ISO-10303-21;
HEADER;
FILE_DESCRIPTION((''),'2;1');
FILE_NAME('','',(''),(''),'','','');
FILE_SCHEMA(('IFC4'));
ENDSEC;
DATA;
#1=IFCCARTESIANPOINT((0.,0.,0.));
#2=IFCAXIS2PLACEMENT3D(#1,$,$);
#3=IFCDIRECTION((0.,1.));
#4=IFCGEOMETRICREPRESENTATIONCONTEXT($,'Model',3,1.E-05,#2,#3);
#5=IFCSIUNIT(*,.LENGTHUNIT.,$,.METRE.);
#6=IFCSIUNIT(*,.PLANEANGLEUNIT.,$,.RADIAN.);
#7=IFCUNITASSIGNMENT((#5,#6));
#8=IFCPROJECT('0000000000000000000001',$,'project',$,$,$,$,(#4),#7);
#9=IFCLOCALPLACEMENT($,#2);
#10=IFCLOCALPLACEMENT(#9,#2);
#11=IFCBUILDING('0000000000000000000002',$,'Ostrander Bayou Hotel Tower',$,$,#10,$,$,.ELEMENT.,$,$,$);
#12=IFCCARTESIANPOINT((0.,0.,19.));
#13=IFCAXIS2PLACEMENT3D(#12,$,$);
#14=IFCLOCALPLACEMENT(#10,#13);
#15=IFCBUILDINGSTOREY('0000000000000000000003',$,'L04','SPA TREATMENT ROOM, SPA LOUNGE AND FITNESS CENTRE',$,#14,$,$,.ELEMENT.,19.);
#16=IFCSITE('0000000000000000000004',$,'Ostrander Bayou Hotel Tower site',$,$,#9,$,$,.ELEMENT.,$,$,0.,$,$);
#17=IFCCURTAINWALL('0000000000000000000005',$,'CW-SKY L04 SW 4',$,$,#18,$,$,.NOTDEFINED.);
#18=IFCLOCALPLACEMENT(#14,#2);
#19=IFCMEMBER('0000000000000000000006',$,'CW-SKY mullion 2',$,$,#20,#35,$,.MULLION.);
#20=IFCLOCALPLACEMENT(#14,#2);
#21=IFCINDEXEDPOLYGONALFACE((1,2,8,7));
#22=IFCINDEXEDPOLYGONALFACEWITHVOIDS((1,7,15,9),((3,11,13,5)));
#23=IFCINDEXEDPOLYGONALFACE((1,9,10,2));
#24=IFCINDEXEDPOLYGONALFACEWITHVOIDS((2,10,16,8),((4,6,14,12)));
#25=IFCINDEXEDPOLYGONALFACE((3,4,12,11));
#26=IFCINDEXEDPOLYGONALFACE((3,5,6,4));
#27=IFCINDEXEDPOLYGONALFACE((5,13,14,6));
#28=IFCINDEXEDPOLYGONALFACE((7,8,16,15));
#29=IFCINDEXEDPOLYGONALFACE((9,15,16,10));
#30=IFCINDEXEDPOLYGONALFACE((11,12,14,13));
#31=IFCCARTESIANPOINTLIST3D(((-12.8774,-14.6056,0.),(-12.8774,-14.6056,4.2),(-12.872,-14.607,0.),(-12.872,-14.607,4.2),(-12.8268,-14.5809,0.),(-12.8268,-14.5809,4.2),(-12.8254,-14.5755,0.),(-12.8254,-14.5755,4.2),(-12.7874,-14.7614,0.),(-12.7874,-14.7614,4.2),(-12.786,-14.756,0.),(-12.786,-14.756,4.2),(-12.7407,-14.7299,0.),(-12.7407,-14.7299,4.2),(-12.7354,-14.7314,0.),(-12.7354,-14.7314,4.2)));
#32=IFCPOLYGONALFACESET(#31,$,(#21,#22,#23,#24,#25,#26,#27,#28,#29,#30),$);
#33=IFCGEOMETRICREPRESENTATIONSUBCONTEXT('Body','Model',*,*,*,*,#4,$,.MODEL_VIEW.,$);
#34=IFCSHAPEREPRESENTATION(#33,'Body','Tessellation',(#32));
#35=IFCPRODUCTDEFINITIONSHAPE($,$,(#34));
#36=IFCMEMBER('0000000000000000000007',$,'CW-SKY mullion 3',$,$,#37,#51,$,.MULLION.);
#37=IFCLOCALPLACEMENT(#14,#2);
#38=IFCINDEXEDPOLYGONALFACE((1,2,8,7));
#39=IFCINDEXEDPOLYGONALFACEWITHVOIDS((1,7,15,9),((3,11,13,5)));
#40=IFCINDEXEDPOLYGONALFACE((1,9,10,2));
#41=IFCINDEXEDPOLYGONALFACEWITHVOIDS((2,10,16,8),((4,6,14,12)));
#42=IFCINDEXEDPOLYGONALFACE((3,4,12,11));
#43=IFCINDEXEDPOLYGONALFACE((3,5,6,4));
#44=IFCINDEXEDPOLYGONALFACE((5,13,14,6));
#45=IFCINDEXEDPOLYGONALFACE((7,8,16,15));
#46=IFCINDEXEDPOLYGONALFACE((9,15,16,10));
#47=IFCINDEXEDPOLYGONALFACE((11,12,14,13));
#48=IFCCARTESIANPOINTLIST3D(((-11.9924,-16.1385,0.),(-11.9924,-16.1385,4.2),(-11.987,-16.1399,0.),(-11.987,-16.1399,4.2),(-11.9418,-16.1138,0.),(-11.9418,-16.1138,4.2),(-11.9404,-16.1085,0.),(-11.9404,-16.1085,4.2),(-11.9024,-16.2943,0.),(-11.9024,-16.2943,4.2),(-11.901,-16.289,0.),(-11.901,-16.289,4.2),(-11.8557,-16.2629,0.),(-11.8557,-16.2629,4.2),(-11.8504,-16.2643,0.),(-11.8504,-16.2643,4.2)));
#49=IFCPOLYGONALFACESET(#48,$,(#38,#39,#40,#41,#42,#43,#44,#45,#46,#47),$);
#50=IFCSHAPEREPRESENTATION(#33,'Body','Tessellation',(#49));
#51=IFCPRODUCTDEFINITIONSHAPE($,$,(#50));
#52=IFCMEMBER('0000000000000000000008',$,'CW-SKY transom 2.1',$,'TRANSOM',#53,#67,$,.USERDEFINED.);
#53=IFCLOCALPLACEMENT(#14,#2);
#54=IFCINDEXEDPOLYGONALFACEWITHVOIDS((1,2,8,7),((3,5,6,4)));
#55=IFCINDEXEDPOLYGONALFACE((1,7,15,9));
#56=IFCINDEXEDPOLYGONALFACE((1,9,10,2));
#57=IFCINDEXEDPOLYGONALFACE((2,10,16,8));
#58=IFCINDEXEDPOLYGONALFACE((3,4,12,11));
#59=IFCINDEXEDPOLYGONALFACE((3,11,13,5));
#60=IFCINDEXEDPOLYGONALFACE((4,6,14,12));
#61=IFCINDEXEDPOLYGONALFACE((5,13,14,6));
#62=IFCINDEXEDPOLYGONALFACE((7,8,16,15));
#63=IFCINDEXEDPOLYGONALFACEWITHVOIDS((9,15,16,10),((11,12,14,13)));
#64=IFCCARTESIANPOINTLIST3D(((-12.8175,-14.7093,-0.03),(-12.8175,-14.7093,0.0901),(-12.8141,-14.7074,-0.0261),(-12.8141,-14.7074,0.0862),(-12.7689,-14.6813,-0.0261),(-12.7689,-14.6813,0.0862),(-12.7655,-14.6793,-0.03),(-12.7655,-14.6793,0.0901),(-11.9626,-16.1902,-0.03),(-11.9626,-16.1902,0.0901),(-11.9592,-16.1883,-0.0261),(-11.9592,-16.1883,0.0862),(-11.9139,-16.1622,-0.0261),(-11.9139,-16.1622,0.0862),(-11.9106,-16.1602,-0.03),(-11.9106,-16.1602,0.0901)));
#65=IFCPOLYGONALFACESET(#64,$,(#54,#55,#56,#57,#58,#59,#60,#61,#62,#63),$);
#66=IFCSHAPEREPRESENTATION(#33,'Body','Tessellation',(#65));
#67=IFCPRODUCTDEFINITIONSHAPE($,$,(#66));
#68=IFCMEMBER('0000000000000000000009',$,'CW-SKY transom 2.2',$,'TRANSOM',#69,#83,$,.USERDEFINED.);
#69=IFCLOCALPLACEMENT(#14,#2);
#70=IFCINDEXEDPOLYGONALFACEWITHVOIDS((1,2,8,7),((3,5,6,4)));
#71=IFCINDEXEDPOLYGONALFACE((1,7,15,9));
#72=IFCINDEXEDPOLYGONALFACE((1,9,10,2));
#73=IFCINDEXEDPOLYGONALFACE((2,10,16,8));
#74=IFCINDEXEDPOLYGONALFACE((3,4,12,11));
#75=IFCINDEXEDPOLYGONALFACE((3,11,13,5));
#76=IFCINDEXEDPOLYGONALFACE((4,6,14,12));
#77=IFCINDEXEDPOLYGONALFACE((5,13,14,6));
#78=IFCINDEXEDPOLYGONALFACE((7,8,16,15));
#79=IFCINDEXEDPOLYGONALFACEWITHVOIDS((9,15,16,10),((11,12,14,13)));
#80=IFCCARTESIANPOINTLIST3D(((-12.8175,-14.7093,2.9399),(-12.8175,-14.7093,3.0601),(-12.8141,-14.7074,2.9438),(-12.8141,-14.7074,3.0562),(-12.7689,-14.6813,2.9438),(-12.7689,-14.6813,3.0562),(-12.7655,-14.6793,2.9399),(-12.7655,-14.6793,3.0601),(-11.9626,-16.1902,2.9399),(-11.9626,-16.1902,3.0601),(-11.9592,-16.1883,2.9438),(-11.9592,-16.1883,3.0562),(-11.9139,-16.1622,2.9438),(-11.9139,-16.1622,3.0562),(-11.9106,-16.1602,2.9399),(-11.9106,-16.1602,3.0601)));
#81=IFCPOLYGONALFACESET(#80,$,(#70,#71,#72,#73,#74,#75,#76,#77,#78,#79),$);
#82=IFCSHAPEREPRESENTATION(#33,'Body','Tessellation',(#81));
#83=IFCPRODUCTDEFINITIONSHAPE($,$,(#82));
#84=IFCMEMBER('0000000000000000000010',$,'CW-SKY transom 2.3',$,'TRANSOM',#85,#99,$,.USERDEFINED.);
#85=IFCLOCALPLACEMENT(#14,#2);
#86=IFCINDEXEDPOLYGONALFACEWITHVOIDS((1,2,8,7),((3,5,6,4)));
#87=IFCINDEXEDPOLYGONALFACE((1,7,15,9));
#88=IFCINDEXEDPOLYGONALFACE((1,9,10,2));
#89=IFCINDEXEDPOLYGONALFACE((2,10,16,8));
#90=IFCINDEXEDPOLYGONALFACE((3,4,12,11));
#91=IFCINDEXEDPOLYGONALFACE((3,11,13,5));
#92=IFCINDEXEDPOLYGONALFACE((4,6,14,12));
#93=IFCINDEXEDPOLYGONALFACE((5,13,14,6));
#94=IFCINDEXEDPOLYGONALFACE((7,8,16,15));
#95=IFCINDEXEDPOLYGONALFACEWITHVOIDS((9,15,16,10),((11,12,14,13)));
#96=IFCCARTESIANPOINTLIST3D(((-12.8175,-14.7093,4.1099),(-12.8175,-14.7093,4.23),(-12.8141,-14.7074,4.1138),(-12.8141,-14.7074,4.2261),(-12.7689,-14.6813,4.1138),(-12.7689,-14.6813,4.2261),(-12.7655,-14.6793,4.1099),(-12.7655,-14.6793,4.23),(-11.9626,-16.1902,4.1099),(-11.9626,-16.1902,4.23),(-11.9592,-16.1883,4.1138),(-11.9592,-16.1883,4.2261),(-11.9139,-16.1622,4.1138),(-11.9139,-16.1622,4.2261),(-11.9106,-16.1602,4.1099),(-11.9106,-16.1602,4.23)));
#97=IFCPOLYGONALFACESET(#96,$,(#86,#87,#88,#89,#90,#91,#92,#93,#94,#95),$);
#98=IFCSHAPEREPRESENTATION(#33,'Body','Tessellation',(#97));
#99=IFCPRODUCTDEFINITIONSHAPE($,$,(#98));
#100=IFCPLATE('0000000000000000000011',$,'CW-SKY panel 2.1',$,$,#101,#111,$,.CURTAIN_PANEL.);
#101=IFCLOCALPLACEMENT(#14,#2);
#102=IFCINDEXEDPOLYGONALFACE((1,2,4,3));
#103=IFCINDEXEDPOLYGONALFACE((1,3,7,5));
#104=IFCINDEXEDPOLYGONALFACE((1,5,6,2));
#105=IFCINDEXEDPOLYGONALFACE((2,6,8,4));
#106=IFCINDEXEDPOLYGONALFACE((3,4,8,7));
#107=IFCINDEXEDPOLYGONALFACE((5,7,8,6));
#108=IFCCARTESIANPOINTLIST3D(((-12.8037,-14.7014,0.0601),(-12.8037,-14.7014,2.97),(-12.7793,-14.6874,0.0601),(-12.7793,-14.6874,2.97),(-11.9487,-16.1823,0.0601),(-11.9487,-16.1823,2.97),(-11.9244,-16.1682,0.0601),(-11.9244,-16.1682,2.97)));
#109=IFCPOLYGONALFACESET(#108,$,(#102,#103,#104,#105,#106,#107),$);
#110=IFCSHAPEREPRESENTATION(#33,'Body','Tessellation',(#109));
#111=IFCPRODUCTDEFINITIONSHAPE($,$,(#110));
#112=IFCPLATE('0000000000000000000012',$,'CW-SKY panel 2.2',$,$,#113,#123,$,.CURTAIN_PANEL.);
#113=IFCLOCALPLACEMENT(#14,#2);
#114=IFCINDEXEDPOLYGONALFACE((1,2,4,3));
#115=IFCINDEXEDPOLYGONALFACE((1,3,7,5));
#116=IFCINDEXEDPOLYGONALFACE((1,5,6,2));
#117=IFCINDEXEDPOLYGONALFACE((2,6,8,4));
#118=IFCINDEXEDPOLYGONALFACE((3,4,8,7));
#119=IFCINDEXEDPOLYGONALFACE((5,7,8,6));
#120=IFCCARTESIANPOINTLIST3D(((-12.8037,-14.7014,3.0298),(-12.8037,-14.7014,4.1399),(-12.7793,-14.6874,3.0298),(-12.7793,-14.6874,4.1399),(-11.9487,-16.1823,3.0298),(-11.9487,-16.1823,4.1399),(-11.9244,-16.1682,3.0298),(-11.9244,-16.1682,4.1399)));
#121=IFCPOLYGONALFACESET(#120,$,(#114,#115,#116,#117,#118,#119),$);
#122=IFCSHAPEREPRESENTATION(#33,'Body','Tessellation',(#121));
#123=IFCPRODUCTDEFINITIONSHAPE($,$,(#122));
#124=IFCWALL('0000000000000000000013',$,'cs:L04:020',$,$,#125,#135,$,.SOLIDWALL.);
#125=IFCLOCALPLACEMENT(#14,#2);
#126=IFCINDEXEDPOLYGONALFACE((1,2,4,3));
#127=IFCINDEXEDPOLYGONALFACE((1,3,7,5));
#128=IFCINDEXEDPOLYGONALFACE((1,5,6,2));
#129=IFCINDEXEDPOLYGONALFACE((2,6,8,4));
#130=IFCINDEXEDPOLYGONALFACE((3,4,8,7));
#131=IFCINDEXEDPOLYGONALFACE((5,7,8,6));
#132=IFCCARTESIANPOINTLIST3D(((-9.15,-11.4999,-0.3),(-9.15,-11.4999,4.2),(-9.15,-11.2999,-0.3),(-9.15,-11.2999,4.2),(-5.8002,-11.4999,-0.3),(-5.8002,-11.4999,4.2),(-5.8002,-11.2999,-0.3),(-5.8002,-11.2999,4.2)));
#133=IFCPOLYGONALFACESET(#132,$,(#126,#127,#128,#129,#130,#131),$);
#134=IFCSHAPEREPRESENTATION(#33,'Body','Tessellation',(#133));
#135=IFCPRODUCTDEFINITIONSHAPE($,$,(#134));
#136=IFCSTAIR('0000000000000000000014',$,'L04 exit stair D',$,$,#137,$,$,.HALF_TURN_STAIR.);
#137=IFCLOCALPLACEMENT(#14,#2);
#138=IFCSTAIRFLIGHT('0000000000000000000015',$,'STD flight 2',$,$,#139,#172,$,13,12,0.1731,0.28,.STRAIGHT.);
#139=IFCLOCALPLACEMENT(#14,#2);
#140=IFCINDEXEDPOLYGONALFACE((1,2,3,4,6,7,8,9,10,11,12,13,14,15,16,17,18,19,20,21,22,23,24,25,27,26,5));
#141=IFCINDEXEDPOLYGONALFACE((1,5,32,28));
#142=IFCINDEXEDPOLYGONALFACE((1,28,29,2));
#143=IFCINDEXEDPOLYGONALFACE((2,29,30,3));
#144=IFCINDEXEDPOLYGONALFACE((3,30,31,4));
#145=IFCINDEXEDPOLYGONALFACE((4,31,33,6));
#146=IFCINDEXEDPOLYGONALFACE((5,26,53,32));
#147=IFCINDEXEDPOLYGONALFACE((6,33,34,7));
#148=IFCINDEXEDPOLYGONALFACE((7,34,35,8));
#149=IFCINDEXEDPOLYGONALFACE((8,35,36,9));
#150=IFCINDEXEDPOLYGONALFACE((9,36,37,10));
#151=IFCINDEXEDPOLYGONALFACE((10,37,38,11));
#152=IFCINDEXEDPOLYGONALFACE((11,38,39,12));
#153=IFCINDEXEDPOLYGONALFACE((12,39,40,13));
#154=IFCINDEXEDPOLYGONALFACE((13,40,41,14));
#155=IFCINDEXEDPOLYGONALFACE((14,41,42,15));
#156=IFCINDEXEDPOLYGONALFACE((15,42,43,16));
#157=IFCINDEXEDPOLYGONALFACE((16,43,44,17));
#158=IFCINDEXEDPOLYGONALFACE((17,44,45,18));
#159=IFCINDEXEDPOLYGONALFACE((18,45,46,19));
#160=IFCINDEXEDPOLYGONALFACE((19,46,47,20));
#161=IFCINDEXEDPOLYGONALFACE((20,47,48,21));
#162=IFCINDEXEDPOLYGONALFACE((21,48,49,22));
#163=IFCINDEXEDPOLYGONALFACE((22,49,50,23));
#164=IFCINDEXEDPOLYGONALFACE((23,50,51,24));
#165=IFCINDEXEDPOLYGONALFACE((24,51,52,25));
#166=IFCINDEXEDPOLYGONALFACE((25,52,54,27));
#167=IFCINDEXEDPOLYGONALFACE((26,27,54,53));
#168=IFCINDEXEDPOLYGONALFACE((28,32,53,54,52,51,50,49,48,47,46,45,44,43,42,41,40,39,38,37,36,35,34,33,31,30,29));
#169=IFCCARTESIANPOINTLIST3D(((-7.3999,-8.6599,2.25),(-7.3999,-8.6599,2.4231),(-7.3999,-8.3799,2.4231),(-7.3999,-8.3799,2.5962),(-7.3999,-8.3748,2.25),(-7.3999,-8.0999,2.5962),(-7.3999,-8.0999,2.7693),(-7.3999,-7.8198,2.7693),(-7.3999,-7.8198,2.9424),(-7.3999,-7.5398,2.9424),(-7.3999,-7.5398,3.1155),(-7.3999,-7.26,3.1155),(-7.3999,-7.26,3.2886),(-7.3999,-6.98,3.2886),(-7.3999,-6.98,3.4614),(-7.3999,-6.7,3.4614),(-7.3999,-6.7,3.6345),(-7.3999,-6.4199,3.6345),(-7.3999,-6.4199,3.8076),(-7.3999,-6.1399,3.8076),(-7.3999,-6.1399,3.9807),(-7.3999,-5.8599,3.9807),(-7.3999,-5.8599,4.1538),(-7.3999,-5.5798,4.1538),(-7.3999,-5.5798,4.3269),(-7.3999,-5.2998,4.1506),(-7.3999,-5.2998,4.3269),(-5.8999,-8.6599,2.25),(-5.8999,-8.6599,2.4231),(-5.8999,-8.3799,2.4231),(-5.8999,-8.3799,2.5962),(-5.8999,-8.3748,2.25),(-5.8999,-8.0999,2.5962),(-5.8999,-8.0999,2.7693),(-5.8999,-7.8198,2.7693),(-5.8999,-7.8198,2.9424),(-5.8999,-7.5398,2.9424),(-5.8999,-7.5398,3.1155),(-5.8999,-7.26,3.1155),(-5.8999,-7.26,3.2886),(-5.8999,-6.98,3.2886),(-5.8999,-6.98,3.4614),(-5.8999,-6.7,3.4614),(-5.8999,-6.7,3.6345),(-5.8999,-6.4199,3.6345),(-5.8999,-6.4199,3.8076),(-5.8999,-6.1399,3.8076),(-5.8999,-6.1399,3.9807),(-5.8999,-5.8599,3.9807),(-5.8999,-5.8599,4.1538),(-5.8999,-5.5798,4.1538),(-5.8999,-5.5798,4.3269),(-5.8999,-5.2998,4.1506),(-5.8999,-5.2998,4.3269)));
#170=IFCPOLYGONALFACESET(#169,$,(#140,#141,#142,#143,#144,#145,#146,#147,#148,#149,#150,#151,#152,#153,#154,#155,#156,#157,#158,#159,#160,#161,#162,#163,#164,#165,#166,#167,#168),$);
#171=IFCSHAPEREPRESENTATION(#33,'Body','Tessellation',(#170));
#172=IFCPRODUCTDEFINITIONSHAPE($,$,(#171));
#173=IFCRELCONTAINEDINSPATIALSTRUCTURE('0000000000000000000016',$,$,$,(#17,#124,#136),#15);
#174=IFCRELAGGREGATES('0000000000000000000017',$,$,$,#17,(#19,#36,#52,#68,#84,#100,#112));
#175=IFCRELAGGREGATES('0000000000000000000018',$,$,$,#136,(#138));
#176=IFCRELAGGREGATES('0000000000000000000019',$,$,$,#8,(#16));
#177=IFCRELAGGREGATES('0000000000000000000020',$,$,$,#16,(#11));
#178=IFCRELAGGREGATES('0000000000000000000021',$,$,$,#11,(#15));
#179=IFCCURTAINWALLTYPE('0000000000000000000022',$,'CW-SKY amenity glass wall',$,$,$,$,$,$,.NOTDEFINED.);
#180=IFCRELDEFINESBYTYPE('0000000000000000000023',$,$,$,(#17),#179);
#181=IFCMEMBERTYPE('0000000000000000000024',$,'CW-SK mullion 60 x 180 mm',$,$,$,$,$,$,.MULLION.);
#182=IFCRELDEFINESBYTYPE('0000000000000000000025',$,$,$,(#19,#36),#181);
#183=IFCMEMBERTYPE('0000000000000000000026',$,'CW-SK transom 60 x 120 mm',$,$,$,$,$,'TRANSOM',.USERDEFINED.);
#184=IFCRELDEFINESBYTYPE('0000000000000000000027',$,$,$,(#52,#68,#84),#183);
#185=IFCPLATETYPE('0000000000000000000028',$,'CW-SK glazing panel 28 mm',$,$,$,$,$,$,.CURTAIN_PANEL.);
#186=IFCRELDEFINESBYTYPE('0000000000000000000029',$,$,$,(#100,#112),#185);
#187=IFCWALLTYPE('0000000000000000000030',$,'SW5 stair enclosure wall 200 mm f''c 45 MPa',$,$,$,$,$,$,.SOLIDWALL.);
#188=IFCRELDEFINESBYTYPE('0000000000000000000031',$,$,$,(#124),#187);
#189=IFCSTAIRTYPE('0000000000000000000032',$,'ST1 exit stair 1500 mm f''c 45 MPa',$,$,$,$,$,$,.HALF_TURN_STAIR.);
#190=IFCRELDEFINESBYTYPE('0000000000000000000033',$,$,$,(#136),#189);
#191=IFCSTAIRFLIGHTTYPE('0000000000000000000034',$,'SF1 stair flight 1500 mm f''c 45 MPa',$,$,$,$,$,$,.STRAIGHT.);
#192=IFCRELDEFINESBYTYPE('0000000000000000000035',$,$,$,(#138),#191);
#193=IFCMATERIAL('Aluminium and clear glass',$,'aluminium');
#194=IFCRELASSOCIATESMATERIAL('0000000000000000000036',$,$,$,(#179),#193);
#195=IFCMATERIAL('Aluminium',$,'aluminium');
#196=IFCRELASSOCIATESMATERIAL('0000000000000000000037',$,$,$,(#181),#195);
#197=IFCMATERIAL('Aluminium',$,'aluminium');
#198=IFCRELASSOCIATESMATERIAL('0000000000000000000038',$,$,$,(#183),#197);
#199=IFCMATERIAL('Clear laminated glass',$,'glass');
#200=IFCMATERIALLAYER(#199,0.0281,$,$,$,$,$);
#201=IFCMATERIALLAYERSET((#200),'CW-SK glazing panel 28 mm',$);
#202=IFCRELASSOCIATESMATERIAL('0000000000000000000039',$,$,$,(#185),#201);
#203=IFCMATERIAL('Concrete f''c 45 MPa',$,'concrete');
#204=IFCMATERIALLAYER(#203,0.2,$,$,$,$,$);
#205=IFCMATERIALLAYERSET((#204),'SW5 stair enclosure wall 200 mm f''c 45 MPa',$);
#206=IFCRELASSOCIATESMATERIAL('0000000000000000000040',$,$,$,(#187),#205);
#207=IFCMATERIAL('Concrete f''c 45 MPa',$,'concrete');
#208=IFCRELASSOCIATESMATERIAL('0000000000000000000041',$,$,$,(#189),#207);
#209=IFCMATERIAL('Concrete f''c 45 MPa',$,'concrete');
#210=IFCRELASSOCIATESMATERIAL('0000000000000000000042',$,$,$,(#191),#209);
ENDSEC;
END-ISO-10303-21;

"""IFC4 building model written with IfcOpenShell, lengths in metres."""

from ifc_helpers import new_model, si_unit, direction, frame, frame_2d, origin, origin_2d, place, context, subcontext, project, spatial, polyline, rectangle, hollow_rectangle, outline, extrude, material, layer, layer_set, material_profile, profile_set, type_object, element, aggregate, save


model = new_model("IFC4")

# Units and contexts
model_context = context("Model", 3, precision=1e-05, world=origin(), true_north=direction((0.0, 1.0)))
body_context = subcontext(model_context, "Body", "Model", "MODEL_VIEW")
ifc_project = project(units=[si_unit("LENGTHUNIT", "METRE"), si_unit("PLANEANGLEUNIT", "RADIAN")], contexts=[model_context])

# Site, building, storey
site_placement = place(None, origin())
site = spatial("IfcSite", under=ifc_project, at=site_placement, Name="Ostrander Bayou Hotel Tower site", CompositionType="ELEMENT", RefElevation=0.0)
building_placement = place(site_placement, origin())
building = spatial("IfcBuilding", under=site, at=building_placement, Name="Ostrander Bayou Hotel Tower", CompositionType="ELEMENT")
storey_placement = place(building_placement, frame((0.0, 0.0, 19.0)))
storey = spatial("IfcBuildingStorey", under=building, at=storey_placement, Name="L04", Description="SPA TREATMENT ROOM, SPA LOUNGE AND FITNESS CENTRE", CompositionType="ELEMENT", Elevation=19.0)

# Curtain wall, members, plates
ifc_material_1 = material(Name="Aluminium and clear glass", Category="aluminium")
curtain_wall_type = type_object("IfcCurtainWallType", Name="CW-SKY amenity glass wall", PredefinedType="NOTDEFINED", material=ifc_material_1)
curtain_wall_placement = place(storey_placement, origin())
curtain_wall = element("IfcCurtainWall", 1, at=curtain_wall_placement, inside=storey, type_object=curtain_wall_type, Name="CW-SKY L04 SW 4", PredefinedType="NOTDEFINED")
ifc_material_2 = material(Name="Aluminium", Category="aluminium")
ifc_material_profile_1 = material_profile(ifc_material_2, hollow_rectangle(XDim=0.0601, YDim=0.1799, WallThickness=0.0039, at=origin_2d()))
ifc_profile_set_1 = profile_set([ifc_material_profile_1], Name="Aluminium")
member_type_1 = type_object("IfcMemberType", Name="CW-SK mullion 60 x 180 mm", PredefinedType="MULLION", material=ifc_profile_set_1)
member_1_placement = place(storey_placement, frame((-12.8064, -14.6685, 0.0), z_axis=(0.0, 0.0, 1.0), x_axis=(0.866026, 0.499999, 0.0)))
member_1 = element("IfcMember", 2, at=member_1_placement, type_object=member_type_1, Name="CW-SKY mullion 2", PredefinedType="MULLION", context=body_context, shape_type="SweptSolid", body=[
    extrude(hollow_rectangle(XDim=0.0601, YDim=0.1799, WallThickness=0.0039, at=origin_2d()), origin(), (0.0, 0.0, 1.0), 4.2),
])
member_2_placement = place(storey_placement, frame((-11.9214, -16.2014, 0.0), z_axis=(0.0, 0.0, 1.0), x_axis=(0.866026, 0.499999, 0.0)))
member_2 = element("IfcMember", 3, at=member_2_placement, type_object=member_type_1, Name="CW-SKY mullion 3", PredefinedType="MULLION", context=body_context, shape_type="SweptSolid", body=[
    extrude(hollow_rectangle(XDim=0.0601, YDim=0.1799, WallThickness=0.0039, at=origin_2d()), origin(), (0.0, 0.0, 1.0), 4.2),
])
ifc_material_3 = material(Name="Aluminium", Category="aluminium")
ifc_material_profile_2 = material_profile(ifc_material_3, hollow_rectangle(XDim=0.0601, YDim=0.1201, WallThickness=0.0039, at=origin_2d()))
ifc_profile_set_2 = profile_set([ifc_material_profile_2], Name="Aluminium")
member_type_2 = type_object("IfcMemberType", Name="CW-SK transom 60 x 120 mm", ElementType="TRANSOM", PredefinedType="USERDEFINED", material=ifc_profile_set_2)
member_3_placement = place(storey_placement, frame((-12.7915, -14.6943, 0.03), z_axis=(0.499978, -0.866038, 0.0), x_axis=(0.866038, 0.499978, 0.0)))
member_3 = element("IfcMember", 4, at=member_3_placement, type_object=member_type_2, Name="CW-SKY transom 2.1", ObjectType="TRANSOM", PredefinedType="USERDEFINED", context=body_context, shape_type="SweptSolid", body=[
    extrude(hollow_rectangle(XDim=0.0601, YDim=0.1201, WallThickness=0.0039, at=origin_2d()), origin(), (0.0, 0.0, 1.0), 1.71),
])
member_4_placement = place(storey_placement, frame((-12.7915, -14.6943, 3.0), z_axis=(0.499978, -0.866038, 0.0), x_axis=(0.866038, 0.499978, 0.0)))
member_4 = element("IfcMember", 5, at=member_4_placement, type_object=member_type_2, Name="CW-SKY transom 2.2", ObjectType="TRANSOM", PredefinedType="USERDEFINED", context=body_context, shape_type="SweptSolid", body=[
    extrude(hollow_rectangle(XDim=0.0601, YDim=0.1201, WallThickness=0.0039, at=origin_2d()), origin(), (0.0, 0.0, 1.0), 1.71),
])
member_5_placement = place(storey_placement, frame((-12.7915, -14.6943, 4.1699), z_axis=(0.499978, -0.866038, 0.0), x_axis=(0.866038, 0.499978, 0.0)))
member_5 = element("IfcMember", 6, at=member_5_placement, type_object=member_type_2, Name="CW-SKY transom 2.3", ObjectType="TRANSOM", PredefinedType="USERDEFINED", context=body_context, shape_type="SweptSolid", body=[
    extrude(hollow_rectangle(XDim=0.0601, YDim=0.1201, WallThickness=0.0039, at=origin_2d()), origin(), (0.0, 0.0, 1.0), 1.71),
])
ifc_material_4 = material(Name="Clear laminated glass", Category="glass")
ifc_layer_1 = layer(ifc_material_4, 0.0281)
ifc_layer_set_1 = layer_set([ifc_layer_1], Name="CW-SK glazing panel 28 mm")
plate_type = type_object("IfcPlateType", Name="CW-SK glazing panel 28 mm", PredefinedType="CURTAIN_PANEL", material=ifc_layer_set_1)
plate_1_placement = place(storey_placement, frame((-12.364, -15.4348, 0.0601), z_axis=(0.0, 0.0, 1.0), x_axis=(0.499999, -0.866026, 0.0)))
plate_1 = element("IfcPlate", 7, at=plate_1_placement, type_object=plate_type, Name="CW-SKY panel 2.1", PredefinedType="CURTAIN_PANEL", context=body_context, shape_type="SweptSolid", body=[
    extrude(rectangle(XDim=1.71, YDim=0.0281, at=origin_2d()), origin(), (0.0, 0.0, 1.0), 2.9099),
])
plate_2_placement = place(storey_placement, frame((-12.364, -15.4348, 3.0298), z_axis=(0.0, 0.0, 1.0), x_axis=(0.499999, -0.866026, 0.0)))
plate_2 = element("IfcPlate", 8, at=plate_2_placement, type_object=plate_type, Name="CW-SKY panel 2.2", PredefinedType="CURTAIN_PANEL", context=body_context, shape_type="SweptSolid", body=[
    extrude(rectangle(XDim=1.71, YDim=0.0281, at=origin_2d()), origin(), (0.0, 0.0, 1.0), 1.1101),
])
aggregate(curtain_wall, [member_1, member_2, member_3, member_4, member_5, plate_1, plate_2])

# Wall
ifc_material_5 = material(Name="Concrete f'c 45 MPa", Category="concrete")
ifc_layer_2 = layer(ifc_material_5, 0.2)
ifc_layer_set_2 = layer_set([ifc_layer_2], Name="SW5 stair enclosure wall 200 mm f'c 45 MPa")
wall_type = type_object("IfcWallType", Name="SW5 stair enclosure wall 200 mm f'c 45 MPa", PredefinedType="SOLIDWALL", material=ifc_layer_set_2)
wall_placement = place(storey_placement, frame((-9.1499, -11.3999, -0.3), z_axis=(0.0, 0.0, 1.0), x_axis=(1.0, 0.0, 0.0)))
element("IfcWall", 9, at=wall_placement, inside=storey, type_object=wall_type, Name="cs:L04:020", PredefinedType="SOLIDWALL", context=body_context, shape_type="SweptSolid", body=[
    extrude(rectangle(XDim=3.3499, YDim=0.2, at=frame_2d((1.6748, 0.0))), origin(), (0.0, 0.0, 1.0), 4.5),
])

# Stair, stair flight
ifc_material_6 = material(Name="Concrete f'c 45 MPa", Category="concrete")
stair_type = type_object("IfcStairType", Name="ST1 exit stair 1500 mm f'c 45 MPa", PredefinedType="HALF_TURN_STAIR", material=ifc_material_6)
stair_placement = place(storey_placement, origin())
stair = element("IfcStair", 10, at=stair_placement, inside=storey, type_object=stair_type, Name="L04 exit stair D", PredefinedType="HALF_TURN_STAIR")
ifc_material_7 = material(Name="Concrete f'c 45 MPa", Category="concrete")
stair_flight_type = type_object("IfcStairFlightType", Name="SF1 stair flight 1500 mm f'c 45 MPa", PredefinedType="STRAIGHT", material=ifc_material_7)
stair_flight_placement = place(storey_placement, frame((-6.6499, -8.6599, 2.25), z_axis=(0.0, 0.0, 1.0), x_axis=(0.0, 1.0, 0.0)))
stair_flight = element("IfcStairFlight", 11, at=stair_flight_placement, type_object=stair_flight_type, Name="STD flight 2", NumberOfRisers=13, NumberOfTreads=12, PredefinedType="STRAIGHT", RiserHeight=0.1731, TreadLength=0.28, context=body_context, shape_type="SweptSolid", body=[
    extrude(outline(polyline([(0.0, 0.0), (0.0, 0.1731), (0.28, 0.1731), (0.28, 0.3462), (0.5601, 0.3462), (0.5601, 0.5193), (0.8401, 0.5193), (0.8401, 0.6924), (1.1201, 0.6924), (1.1201, 0.8655), (1.3999, 0.8655), (1.3999, 1.0386), (1.6799, 1.0386), (1.6799, 1.2114), (1.96, 1.2114), (1.96, 1.3845), (2.24, 1.3845), (2.24, 1.5576), (2.52, 1.5576), (2.52, 1.7307), (2.8, 1.7307), (2.8, 1.9038), (3.0801, 1.9038), (3.0801, 2.0769), (3.3601, 2.0769), (3.3601, 2.25), (3.3601, 1.9006), (0.2852, 0.0), (0.0, 0.0)])), frame((0.0, 0.75, 0.0), z_axis=(0.0, -1.0, 0.0), x_axis=(1.0, 0.0, 0.0)), (0.0, 0.0, 1.0), 1.5),
])
aggregate(stair, [stair_flight])

save(model, "model.ifc")
